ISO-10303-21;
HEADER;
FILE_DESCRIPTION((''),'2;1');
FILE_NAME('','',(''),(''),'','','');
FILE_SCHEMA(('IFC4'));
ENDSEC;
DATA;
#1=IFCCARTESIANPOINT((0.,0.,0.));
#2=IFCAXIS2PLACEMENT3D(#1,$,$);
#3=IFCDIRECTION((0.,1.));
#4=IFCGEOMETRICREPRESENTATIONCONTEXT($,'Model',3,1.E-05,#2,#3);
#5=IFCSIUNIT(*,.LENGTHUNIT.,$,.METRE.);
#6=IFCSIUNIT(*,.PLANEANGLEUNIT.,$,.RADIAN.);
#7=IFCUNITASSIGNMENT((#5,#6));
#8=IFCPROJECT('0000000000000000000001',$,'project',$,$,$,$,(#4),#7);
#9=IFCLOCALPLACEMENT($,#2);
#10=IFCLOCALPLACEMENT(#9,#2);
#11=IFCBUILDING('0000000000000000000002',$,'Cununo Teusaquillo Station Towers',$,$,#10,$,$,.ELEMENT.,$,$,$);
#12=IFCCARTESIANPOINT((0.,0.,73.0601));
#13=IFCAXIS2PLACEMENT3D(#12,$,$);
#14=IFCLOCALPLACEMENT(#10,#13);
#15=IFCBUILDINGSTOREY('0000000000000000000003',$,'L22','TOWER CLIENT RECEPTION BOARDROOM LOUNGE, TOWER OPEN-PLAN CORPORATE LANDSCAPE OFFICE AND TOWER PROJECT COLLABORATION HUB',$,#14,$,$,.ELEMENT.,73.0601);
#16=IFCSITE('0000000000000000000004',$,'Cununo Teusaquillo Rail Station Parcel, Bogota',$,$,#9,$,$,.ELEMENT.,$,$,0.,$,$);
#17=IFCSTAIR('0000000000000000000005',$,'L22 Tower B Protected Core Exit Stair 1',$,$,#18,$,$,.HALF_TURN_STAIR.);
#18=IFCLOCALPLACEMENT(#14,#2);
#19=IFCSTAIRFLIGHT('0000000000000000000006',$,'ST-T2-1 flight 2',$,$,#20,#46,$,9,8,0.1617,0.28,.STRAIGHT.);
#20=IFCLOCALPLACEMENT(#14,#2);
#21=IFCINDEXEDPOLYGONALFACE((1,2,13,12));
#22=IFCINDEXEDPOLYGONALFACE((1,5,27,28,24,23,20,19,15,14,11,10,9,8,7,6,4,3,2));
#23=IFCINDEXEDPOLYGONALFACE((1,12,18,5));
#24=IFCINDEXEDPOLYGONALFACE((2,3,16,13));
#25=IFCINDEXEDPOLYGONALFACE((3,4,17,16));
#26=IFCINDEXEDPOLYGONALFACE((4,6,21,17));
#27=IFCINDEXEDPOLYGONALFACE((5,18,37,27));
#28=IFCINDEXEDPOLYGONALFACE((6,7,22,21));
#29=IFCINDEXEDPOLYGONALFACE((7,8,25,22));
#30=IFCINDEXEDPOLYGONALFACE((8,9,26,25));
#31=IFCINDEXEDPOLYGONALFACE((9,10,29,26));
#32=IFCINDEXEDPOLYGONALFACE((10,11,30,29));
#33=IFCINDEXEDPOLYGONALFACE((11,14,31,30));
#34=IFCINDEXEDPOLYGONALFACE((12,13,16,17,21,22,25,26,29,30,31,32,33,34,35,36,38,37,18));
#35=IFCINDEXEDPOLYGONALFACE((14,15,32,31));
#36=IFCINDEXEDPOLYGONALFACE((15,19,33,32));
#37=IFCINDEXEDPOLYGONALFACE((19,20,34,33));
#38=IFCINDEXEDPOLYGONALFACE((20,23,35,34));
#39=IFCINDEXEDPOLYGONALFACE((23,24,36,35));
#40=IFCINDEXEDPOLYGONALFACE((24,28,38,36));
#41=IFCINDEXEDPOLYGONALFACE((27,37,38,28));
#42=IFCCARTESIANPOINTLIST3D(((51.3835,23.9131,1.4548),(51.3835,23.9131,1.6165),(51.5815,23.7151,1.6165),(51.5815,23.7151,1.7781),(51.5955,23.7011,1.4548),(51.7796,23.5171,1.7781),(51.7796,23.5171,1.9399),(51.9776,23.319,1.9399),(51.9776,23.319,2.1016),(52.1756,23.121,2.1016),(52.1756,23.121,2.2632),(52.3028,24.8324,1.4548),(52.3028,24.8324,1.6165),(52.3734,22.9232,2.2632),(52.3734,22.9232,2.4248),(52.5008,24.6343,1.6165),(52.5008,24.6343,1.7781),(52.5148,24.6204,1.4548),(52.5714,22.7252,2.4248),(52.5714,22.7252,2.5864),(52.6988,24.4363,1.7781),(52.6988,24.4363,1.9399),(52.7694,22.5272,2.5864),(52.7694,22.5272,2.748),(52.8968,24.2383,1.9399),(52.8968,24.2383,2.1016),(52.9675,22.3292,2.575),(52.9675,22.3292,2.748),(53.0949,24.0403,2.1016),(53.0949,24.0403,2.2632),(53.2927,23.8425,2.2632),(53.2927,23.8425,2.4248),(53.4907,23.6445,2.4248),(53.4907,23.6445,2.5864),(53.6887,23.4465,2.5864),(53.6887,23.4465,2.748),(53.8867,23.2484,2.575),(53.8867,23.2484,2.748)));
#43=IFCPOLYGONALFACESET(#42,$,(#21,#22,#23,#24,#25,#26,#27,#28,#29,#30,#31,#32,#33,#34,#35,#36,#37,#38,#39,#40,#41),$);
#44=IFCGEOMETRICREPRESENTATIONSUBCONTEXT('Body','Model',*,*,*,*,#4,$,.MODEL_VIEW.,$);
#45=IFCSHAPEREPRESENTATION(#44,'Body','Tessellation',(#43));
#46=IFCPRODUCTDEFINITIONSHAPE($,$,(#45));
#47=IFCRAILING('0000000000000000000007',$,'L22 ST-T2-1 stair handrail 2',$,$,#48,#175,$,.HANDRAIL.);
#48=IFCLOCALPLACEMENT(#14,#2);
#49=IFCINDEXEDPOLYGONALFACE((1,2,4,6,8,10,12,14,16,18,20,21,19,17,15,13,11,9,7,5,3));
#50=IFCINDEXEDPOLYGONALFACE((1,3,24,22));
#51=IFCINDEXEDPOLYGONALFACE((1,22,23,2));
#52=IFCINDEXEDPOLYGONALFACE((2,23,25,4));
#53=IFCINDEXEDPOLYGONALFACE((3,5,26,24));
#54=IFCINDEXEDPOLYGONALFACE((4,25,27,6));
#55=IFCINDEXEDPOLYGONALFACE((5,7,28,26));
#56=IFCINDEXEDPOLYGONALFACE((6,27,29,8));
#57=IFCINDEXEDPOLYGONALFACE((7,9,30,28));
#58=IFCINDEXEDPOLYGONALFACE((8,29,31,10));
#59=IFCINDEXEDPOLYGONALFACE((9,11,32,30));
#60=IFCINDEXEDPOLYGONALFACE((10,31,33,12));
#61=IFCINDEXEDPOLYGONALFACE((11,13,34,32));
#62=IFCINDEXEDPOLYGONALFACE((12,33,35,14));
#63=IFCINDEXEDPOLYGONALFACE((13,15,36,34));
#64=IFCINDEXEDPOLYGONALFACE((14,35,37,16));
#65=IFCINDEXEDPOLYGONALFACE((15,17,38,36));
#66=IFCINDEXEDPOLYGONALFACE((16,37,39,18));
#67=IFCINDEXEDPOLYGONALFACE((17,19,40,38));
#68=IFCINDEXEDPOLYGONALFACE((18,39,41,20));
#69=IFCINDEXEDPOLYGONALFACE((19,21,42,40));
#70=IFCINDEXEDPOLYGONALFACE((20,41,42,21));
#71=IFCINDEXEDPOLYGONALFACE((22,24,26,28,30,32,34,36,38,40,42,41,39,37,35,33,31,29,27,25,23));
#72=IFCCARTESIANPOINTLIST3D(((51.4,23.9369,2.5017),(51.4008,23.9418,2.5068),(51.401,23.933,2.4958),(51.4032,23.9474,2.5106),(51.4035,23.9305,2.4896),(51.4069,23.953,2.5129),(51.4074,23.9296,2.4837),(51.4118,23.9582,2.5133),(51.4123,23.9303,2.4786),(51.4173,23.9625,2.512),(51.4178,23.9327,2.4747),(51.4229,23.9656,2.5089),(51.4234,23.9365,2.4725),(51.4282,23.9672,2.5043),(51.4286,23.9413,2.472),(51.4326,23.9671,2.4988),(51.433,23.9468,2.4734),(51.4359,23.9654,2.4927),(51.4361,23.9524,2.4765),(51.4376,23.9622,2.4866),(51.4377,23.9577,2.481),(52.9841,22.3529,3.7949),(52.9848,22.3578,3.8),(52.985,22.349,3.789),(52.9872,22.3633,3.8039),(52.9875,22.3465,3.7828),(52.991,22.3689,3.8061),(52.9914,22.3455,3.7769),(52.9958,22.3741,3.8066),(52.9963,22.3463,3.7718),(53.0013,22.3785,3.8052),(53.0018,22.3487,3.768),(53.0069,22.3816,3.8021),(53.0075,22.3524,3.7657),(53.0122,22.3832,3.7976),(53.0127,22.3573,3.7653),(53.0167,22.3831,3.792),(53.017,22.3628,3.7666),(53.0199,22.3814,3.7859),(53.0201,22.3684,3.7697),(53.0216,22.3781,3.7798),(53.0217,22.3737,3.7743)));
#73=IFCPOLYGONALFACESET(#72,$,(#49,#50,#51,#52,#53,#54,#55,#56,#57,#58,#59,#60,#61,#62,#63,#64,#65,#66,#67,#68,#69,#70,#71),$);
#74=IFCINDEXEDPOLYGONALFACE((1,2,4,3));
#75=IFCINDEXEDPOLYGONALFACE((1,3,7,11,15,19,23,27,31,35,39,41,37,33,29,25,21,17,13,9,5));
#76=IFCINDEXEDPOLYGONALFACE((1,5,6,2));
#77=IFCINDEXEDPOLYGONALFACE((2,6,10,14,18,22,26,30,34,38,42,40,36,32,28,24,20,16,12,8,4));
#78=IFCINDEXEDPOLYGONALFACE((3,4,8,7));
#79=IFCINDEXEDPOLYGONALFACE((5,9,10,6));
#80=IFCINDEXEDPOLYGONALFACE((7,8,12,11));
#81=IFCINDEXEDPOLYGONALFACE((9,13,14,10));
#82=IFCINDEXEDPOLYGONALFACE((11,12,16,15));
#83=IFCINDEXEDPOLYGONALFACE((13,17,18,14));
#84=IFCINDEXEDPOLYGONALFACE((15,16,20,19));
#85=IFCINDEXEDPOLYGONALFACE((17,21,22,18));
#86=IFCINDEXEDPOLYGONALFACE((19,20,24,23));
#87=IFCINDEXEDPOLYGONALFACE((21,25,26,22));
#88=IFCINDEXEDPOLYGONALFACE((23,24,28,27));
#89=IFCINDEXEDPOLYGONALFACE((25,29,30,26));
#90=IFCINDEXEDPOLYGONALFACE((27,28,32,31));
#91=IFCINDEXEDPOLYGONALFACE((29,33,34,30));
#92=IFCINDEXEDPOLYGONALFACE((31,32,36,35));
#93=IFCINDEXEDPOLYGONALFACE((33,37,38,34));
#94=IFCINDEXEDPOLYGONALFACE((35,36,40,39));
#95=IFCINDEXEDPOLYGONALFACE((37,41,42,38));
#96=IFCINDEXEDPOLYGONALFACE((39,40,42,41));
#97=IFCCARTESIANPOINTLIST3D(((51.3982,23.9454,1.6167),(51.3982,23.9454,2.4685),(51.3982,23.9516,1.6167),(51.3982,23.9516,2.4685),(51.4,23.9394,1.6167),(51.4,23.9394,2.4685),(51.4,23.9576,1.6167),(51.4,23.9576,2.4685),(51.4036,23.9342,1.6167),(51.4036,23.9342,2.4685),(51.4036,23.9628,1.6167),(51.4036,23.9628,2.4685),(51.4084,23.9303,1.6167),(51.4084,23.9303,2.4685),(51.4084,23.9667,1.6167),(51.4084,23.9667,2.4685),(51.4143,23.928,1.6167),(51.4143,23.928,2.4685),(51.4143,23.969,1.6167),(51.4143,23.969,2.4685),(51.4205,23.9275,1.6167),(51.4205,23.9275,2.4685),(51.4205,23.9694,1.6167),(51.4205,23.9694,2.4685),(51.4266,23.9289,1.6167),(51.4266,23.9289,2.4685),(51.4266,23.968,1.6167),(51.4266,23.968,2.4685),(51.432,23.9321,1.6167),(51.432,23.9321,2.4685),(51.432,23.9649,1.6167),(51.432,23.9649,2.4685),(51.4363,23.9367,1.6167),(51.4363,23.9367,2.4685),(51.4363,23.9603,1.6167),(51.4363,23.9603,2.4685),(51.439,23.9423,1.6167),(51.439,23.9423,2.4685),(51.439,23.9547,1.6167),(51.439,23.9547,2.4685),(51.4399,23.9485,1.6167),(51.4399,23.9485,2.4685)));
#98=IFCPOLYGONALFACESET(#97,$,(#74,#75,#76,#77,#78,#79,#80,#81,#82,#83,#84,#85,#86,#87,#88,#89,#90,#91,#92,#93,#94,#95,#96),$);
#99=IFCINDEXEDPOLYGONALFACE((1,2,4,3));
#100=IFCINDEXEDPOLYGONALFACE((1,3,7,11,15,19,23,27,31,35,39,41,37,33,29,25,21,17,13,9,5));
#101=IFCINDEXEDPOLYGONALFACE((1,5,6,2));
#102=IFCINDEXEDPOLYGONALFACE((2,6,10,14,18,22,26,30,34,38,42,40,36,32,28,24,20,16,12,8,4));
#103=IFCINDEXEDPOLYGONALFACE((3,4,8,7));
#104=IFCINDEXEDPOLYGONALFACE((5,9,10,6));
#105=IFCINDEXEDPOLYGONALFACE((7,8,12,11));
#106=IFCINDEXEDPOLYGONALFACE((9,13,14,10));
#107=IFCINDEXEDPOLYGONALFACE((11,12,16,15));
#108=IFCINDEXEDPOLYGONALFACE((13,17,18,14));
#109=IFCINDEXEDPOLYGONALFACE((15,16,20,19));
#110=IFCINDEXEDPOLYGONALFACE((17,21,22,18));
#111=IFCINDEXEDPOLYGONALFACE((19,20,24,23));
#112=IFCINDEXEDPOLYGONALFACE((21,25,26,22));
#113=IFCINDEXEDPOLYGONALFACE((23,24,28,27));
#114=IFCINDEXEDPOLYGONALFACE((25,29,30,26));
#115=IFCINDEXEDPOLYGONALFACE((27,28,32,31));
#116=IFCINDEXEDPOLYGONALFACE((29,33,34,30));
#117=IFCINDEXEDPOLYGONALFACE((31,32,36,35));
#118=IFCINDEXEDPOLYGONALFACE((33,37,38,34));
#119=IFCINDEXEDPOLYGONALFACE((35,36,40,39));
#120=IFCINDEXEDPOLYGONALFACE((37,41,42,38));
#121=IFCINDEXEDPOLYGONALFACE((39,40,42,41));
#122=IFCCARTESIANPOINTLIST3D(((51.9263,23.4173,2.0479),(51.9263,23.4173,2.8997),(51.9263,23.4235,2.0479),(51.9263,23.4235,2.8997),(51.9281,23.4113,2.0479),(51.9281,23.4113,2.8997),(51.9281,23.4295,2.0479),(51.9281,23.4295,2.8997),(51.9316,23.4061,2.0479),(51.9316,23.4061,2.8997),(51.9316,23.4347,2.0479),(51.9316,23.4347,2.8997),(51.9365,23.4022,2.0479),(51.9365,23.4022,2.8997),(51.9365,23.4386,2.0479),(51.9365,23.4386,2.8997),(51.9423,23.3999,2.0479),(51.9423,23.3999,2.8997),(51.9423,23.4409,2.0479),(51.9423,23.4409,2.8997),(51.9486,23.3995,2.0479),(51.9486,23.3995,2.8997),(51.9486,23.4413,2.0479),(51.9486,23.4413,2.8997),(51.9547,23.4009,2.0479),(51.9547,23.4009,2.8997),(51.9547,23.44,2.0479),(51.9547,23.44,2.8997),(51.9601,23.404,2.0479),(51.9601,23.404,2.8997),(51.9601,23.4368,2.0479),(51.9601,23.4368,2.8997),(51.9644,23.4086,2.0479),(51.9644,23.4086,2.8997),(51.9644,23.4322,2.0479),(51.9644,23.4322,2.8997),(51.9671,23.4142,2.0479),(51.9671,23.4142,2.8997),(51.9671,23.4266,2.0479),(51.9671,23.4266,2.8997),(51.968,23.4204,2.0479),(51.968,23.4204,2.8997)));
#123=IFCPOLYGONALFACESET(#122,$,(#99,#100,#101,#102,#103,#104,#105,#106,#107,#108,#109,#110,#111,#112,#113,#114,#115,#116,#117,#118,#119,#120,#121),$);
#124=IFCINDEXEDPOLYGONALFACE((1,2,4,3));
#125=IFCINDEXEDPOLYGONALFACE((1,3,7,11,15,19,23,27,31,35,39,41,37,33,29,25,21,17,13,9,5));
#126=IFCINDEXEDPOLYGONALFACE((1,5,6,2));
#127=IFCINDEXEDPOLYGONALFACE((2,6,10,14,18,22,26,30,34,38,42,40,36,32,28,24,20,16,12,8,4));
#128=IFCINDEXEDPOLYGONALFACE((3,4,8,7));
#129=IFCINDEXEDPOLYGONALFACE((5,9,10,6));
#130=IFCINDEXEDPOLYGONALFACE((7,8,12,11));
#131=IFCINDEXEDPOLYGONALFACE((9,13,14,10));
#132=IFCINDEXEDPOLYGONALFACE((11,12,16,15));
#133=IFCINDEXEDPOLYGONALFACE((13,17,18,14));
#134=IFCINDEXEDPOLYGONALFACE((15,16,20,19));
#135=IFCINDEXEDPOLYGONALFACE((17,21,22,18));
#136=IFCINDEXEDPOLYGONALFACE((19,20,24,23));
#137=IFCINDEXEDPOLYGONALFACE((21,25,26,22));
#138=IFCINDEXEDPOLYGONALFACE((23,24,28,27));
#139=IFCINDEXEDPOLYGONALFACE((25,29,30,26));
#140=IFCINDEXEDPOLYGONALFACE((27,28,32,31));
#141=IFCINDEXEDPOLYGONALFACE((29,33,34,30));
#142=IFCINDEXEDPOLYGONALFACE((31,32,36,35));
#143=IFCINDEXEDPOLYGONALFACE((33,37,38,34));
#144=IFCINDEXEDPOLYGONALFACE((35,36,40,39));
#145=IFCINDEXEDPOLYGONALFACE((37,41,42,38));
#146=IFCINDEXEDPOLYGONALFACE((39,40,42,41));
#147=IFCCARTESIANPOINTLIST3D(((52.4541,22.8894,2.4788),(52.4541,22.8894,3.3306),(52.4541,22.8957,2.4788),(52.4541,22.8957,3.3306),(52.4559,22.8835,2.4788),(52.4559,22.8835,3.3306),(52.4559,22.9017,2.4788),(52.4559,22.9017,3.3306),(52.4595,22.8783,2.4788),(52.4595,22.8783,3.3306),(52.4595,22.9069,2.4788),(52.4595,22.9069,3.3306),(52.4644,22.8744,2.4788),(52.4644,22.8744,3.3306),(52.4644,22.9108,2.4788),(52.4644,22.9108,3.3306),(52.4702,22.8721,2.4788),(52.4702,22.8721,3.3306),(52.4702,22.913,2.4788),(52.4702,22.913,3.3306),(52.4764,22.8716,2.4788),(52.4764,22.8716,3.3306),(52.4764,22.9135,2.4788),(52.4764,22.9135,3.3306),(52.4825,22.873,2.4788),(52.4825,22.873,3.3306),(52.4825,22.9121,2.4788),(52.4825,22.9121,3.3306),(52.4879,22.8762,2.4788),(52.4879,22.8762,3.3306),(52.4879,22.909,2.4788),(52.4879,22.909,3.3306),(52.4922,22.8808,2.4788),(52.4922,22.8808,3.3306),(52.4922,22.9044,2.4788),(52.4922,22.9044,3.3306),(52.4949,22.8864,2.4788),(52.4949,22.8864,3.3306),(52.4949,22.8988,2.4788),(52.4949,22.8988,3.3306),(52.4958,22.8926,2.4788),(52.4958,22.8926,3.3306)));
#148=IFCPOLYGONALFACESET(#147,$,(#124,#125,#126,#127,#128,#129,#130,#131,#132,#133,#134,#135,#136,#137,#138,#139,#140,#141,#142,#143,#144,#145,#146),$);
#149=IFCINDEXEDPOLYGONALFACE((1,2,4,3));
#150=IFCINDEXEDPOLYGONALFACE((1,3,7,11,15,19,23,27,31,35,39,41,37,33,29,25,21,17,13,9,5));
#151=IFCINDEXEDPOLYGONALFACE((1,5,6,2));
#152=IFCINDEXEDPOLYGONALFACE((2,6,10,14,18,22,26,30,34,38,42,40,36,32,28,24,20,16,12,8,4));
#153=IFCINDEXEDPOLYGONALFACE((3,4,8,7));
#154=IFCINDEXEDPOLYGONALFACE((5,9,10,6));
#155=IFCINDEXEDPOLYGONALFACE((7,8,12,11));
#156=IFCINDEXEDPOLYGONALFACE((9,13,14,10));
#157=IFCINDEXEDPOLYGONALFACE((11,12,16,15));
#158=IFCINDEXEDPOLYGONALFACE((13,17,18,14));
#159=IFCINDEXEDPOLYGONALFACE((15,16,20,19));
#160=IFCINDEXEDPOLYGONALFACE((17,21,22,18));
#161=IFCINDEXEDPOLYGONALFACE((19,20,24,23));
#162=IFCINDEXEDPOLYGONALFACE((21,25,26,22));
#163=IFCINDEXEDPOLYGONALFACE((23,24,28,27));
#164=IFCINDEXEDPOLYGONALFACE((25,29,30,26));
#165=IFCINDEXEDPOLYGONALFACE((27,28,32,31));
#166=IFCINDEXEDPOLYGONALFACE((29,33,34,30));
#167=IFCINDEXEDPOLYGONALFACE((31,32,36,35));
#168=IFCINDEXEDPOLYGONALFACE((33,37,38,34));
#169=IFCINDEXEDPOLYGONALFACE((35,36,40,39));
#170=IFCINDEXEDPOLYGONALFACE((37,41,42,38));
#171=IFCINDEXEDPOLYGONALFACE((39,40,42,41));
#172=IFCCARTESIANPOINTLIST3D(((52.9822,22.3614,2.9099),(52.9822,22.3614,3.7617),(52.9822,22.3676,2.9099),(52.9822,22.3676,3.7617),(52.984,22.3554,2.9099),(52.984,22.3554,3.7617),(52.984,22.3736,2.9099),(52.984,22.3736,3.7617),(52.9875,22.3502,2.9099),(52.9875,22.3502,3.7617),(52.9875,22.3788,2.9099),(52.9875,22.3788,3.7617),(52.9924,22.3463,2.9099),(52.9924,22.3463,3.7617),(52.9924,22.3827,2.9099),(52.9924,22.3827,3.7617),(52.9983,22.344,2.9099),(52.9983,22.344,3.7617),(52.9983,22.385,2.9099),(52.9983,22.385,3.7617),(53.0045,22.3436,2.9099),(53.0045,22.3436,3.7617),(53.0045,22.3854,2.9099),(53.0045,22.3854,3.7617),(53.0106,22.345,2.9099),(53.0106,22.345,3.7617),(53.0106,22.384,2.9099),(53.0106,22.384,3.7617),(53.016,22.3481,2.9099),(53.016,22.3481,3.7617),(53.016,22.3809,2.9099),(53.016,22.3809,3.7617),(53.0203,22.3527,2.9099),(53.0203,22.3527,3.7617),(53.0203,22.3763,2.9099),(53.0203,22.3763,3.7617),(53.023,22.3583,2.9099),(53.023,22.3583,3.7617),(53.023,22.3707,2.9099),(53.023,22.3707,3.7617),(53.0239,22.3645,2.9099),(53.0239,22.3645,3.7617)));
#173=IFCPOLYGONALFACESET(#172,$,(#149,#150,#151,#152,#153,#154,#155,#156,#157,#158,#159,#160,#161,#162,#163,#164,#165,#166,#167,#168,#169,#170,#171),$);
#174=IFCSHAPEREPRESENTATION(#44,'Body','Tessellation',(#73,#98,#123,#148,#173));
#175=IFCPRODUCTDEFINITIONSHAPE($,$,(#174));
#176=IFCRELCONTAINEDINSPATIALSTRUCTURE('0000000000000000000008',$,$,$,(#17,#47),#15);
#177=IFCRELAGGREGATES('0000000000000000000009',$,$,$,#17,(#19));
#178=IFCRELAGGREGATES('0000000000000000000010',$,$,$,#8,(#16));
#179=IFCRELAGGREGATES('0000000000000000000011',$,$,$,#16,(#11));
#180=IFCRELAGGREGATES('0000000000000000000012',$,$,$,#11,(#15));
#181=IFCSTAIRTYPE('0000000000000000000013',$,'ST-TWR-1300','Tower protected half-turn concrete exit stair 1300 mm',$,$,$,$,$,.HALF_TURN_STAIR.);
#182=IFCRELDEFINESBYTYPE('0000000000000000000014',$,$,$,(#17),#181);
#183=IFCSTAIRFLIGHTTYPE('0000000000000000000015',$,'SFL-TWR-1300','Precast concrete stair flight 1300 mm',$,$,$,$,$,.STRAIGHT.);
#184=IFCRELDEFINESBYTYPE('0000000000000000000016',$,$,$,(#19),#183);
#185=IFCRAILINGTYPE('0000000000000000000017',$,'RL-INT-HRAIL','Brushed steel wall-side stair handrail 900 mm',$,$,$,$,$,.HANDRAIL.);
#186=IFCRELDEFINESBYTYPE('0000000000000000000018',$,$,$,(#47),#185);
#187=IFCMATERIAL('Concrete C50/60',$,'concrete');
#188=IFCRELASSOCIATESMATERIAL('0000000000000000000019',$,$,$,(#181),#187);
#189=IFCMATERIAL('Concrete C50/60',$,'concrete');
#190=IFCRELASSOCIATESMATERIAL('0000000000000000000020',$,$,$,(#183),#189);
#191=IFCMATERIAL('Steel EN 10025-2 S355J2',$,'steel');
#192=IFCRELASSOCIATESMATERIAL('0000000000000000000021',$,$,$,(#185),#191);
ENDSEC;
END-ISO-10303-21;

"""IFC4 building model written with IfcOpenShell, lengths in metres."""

from ifc_helpers import new_model, si_unit, direction, frame, origin, origin_2d, place, context, subcontext, project, spatial, polyline, circle, outline, extrude, material, type_object, element, aggregate, save


model = new_model("IFC4")

# Units and contexts
model_context = context("Model", 3, precision=1e-05, world=origin(), true_north=direction((0.0, 1.0)))
body_context = subcontext(model_context, "Body", "Model", "MODEL_VIEW")
ifc_project = project(units=[si_unit("LENGTHUNIT", "METRE"), si_unit("PLANEANGLEUNIT", "RADIAN")], contexts=[model_context])

# Site, building, storey
site_placement = place(None, origin())
site = spatial("IfcSite", under=ifc_project, at=site_placement, Name="Cununo Teusaquillo Rail Station Parcel, Bogota", CompositionType="ELEMENT", RefElevation=0.0)
building_placement = place(site_placement, origin())
building = spatial("IfcBuilding", under=site, at=building_placement, Name="Cununo Teusaquillo Station Towers", CompositionType="ELEMENT")
storey_placement = place(building_placement, frame((0.0, 0.0, 73.0601)))
storey = spatial("IfcBuildingStorey", under=building, at=storey_placement, Name="L22", Description="TOWER CLIENT RECEPTION BOARDROOM LOUNGE, TOWER OPEN-PLAN CORPORATE LANDSCAPE OFFICE AND TOWER PROJECT COLLABORATION HUB", CompositionType="ELEMENT", Elevation=73.0601)

# Stair, stair flight
ifc_material_1 = material(Name="Concrete C50/60", Category="concrete")
stair_type = type_object("IfcStairType", Name="ST-TWR-1300", Description="Tower protected half-turn concrete exit stair 1300 mm", PredefinedType="HALF_TURN_STAIR", material=ifc_material_1)
stair_placement = place(storey_placement, origin())
stair = element("IfcStair", 1, at=stair_placement, inside=storey, type_object=stair_type, Name="L22 Tower B Protected Core Exit Stair 1", PredefinedType="HALF_TURN_STAIR")
ifc_material_2 = material(Name="Concrete C50/60", Category="concrete")
stair_flight_type = type_object("IfcStairFlightType", Name="SFL-TWR-1300", Description="Precast concrete stair flight 1300 mm", PredefinedType="STRAIGHT", material=ifc_material_2)
stair_flight_placement = place(storey_placement, frame((51.8433, 24.3728, 1.4548), z_axis=(0.0, 0.0, 1.0), x_axis=(0.707107, -0.707107, 0.0)))
stair_flight = element("IfcStairFlight", 2, at=stair_flight_placement, type_object=stair_flight_type, Name="ST-T2-1 flight 2", NumberOfRisers=9, NumberOfTreads=8, PredefinedType="STRAIGHT", RiserHeight=0.1617, TreadLength=0.28, context=body_context, shape_type="SweptSolid", body=[
    extrude(outline(polyline([(0.0, 0.0), (0.0, 0.1616), (0.28, 0.1616), (0.28, 0.3232), (0.5601, 0.3232), (0.5601, 0.4851), (0.8401, 0.4851), (0.8401, 0.6467), (1.1201, 0.6467), (1.1201, 0.8083), (1.3999, 0.8083), (1.3999, 0.97), (1.6799, 0.97), (1.6799, 1.1316), (1.96, 1.1316), (1.96, 1.2932), (2.24, 1.2932), (2.24, 1.4551), (2.24, 1.1201), (0.2998, 0.0), (0.0, 0.0)])), frame((0.0, 0.6499, 0.0), z_axis=(0.0, -1.0, 0.0), x_axis=(1.0, 0.0, 0.0)), (0.0, 0.0, 1.0), 1.3),
])
aggregate(stair, [stair_flight])

# Railing
ifc_material_3 = material(Name="Steel EN 10025-2 S355J2", Category="steel")
railing_type = type_object("IfcRailingType", Name="RL-INT-HRAIL", Description="Brushed steel wall-side stair handrail 900 mm", PredefinedType="HANDRAIL", material=ifc_material_3)
railing_placement = place(storey_placement, frame((51.4189, 23.9485, 1.6167)))
element("IfcRailing", 3, at=railing_placement, inside=storey, type_object=railing_type, Name="L22 ST-T2-1 stair handrail 2", PredefinedType="HANDRAIL", context=body_context, shape_type="SweptSolid", body=[
    extrude(circle(Radius=0.0239, at=origin_2d()), frame((0.0, 0.0, 0.876), z_axis=(0.612385, -0.612385, 0.49997), x_axis=(0.707107, 0.707107, 0.0)), (0.0, 0.0, 1.0), 2.5867),
    extrude(circle(Radius=0.021, at=origin_2d()), origin(), (0.0, 0.0, 1.0), 0.8518),
    extrude(circle(Radius=0.021, at=origin_2d()), frame((0.5281, -0.5281, 0.4312)), (0.0, 0.0, 1.0), 0.8518),
    extrude(circle(Radius=0.021, at=origin_2d()), frame((1.0559, -1.0559, 0.8621)), (0.0, 0.0, 1.0), 0.8518),
    extrude(circle(Radius=0.021, at=origin_2d()), frame((1.584, -1.584, 1.2932)), (0.0, 0.0, 1.0), 0.8518),
])

save(model, "model.ifc")
